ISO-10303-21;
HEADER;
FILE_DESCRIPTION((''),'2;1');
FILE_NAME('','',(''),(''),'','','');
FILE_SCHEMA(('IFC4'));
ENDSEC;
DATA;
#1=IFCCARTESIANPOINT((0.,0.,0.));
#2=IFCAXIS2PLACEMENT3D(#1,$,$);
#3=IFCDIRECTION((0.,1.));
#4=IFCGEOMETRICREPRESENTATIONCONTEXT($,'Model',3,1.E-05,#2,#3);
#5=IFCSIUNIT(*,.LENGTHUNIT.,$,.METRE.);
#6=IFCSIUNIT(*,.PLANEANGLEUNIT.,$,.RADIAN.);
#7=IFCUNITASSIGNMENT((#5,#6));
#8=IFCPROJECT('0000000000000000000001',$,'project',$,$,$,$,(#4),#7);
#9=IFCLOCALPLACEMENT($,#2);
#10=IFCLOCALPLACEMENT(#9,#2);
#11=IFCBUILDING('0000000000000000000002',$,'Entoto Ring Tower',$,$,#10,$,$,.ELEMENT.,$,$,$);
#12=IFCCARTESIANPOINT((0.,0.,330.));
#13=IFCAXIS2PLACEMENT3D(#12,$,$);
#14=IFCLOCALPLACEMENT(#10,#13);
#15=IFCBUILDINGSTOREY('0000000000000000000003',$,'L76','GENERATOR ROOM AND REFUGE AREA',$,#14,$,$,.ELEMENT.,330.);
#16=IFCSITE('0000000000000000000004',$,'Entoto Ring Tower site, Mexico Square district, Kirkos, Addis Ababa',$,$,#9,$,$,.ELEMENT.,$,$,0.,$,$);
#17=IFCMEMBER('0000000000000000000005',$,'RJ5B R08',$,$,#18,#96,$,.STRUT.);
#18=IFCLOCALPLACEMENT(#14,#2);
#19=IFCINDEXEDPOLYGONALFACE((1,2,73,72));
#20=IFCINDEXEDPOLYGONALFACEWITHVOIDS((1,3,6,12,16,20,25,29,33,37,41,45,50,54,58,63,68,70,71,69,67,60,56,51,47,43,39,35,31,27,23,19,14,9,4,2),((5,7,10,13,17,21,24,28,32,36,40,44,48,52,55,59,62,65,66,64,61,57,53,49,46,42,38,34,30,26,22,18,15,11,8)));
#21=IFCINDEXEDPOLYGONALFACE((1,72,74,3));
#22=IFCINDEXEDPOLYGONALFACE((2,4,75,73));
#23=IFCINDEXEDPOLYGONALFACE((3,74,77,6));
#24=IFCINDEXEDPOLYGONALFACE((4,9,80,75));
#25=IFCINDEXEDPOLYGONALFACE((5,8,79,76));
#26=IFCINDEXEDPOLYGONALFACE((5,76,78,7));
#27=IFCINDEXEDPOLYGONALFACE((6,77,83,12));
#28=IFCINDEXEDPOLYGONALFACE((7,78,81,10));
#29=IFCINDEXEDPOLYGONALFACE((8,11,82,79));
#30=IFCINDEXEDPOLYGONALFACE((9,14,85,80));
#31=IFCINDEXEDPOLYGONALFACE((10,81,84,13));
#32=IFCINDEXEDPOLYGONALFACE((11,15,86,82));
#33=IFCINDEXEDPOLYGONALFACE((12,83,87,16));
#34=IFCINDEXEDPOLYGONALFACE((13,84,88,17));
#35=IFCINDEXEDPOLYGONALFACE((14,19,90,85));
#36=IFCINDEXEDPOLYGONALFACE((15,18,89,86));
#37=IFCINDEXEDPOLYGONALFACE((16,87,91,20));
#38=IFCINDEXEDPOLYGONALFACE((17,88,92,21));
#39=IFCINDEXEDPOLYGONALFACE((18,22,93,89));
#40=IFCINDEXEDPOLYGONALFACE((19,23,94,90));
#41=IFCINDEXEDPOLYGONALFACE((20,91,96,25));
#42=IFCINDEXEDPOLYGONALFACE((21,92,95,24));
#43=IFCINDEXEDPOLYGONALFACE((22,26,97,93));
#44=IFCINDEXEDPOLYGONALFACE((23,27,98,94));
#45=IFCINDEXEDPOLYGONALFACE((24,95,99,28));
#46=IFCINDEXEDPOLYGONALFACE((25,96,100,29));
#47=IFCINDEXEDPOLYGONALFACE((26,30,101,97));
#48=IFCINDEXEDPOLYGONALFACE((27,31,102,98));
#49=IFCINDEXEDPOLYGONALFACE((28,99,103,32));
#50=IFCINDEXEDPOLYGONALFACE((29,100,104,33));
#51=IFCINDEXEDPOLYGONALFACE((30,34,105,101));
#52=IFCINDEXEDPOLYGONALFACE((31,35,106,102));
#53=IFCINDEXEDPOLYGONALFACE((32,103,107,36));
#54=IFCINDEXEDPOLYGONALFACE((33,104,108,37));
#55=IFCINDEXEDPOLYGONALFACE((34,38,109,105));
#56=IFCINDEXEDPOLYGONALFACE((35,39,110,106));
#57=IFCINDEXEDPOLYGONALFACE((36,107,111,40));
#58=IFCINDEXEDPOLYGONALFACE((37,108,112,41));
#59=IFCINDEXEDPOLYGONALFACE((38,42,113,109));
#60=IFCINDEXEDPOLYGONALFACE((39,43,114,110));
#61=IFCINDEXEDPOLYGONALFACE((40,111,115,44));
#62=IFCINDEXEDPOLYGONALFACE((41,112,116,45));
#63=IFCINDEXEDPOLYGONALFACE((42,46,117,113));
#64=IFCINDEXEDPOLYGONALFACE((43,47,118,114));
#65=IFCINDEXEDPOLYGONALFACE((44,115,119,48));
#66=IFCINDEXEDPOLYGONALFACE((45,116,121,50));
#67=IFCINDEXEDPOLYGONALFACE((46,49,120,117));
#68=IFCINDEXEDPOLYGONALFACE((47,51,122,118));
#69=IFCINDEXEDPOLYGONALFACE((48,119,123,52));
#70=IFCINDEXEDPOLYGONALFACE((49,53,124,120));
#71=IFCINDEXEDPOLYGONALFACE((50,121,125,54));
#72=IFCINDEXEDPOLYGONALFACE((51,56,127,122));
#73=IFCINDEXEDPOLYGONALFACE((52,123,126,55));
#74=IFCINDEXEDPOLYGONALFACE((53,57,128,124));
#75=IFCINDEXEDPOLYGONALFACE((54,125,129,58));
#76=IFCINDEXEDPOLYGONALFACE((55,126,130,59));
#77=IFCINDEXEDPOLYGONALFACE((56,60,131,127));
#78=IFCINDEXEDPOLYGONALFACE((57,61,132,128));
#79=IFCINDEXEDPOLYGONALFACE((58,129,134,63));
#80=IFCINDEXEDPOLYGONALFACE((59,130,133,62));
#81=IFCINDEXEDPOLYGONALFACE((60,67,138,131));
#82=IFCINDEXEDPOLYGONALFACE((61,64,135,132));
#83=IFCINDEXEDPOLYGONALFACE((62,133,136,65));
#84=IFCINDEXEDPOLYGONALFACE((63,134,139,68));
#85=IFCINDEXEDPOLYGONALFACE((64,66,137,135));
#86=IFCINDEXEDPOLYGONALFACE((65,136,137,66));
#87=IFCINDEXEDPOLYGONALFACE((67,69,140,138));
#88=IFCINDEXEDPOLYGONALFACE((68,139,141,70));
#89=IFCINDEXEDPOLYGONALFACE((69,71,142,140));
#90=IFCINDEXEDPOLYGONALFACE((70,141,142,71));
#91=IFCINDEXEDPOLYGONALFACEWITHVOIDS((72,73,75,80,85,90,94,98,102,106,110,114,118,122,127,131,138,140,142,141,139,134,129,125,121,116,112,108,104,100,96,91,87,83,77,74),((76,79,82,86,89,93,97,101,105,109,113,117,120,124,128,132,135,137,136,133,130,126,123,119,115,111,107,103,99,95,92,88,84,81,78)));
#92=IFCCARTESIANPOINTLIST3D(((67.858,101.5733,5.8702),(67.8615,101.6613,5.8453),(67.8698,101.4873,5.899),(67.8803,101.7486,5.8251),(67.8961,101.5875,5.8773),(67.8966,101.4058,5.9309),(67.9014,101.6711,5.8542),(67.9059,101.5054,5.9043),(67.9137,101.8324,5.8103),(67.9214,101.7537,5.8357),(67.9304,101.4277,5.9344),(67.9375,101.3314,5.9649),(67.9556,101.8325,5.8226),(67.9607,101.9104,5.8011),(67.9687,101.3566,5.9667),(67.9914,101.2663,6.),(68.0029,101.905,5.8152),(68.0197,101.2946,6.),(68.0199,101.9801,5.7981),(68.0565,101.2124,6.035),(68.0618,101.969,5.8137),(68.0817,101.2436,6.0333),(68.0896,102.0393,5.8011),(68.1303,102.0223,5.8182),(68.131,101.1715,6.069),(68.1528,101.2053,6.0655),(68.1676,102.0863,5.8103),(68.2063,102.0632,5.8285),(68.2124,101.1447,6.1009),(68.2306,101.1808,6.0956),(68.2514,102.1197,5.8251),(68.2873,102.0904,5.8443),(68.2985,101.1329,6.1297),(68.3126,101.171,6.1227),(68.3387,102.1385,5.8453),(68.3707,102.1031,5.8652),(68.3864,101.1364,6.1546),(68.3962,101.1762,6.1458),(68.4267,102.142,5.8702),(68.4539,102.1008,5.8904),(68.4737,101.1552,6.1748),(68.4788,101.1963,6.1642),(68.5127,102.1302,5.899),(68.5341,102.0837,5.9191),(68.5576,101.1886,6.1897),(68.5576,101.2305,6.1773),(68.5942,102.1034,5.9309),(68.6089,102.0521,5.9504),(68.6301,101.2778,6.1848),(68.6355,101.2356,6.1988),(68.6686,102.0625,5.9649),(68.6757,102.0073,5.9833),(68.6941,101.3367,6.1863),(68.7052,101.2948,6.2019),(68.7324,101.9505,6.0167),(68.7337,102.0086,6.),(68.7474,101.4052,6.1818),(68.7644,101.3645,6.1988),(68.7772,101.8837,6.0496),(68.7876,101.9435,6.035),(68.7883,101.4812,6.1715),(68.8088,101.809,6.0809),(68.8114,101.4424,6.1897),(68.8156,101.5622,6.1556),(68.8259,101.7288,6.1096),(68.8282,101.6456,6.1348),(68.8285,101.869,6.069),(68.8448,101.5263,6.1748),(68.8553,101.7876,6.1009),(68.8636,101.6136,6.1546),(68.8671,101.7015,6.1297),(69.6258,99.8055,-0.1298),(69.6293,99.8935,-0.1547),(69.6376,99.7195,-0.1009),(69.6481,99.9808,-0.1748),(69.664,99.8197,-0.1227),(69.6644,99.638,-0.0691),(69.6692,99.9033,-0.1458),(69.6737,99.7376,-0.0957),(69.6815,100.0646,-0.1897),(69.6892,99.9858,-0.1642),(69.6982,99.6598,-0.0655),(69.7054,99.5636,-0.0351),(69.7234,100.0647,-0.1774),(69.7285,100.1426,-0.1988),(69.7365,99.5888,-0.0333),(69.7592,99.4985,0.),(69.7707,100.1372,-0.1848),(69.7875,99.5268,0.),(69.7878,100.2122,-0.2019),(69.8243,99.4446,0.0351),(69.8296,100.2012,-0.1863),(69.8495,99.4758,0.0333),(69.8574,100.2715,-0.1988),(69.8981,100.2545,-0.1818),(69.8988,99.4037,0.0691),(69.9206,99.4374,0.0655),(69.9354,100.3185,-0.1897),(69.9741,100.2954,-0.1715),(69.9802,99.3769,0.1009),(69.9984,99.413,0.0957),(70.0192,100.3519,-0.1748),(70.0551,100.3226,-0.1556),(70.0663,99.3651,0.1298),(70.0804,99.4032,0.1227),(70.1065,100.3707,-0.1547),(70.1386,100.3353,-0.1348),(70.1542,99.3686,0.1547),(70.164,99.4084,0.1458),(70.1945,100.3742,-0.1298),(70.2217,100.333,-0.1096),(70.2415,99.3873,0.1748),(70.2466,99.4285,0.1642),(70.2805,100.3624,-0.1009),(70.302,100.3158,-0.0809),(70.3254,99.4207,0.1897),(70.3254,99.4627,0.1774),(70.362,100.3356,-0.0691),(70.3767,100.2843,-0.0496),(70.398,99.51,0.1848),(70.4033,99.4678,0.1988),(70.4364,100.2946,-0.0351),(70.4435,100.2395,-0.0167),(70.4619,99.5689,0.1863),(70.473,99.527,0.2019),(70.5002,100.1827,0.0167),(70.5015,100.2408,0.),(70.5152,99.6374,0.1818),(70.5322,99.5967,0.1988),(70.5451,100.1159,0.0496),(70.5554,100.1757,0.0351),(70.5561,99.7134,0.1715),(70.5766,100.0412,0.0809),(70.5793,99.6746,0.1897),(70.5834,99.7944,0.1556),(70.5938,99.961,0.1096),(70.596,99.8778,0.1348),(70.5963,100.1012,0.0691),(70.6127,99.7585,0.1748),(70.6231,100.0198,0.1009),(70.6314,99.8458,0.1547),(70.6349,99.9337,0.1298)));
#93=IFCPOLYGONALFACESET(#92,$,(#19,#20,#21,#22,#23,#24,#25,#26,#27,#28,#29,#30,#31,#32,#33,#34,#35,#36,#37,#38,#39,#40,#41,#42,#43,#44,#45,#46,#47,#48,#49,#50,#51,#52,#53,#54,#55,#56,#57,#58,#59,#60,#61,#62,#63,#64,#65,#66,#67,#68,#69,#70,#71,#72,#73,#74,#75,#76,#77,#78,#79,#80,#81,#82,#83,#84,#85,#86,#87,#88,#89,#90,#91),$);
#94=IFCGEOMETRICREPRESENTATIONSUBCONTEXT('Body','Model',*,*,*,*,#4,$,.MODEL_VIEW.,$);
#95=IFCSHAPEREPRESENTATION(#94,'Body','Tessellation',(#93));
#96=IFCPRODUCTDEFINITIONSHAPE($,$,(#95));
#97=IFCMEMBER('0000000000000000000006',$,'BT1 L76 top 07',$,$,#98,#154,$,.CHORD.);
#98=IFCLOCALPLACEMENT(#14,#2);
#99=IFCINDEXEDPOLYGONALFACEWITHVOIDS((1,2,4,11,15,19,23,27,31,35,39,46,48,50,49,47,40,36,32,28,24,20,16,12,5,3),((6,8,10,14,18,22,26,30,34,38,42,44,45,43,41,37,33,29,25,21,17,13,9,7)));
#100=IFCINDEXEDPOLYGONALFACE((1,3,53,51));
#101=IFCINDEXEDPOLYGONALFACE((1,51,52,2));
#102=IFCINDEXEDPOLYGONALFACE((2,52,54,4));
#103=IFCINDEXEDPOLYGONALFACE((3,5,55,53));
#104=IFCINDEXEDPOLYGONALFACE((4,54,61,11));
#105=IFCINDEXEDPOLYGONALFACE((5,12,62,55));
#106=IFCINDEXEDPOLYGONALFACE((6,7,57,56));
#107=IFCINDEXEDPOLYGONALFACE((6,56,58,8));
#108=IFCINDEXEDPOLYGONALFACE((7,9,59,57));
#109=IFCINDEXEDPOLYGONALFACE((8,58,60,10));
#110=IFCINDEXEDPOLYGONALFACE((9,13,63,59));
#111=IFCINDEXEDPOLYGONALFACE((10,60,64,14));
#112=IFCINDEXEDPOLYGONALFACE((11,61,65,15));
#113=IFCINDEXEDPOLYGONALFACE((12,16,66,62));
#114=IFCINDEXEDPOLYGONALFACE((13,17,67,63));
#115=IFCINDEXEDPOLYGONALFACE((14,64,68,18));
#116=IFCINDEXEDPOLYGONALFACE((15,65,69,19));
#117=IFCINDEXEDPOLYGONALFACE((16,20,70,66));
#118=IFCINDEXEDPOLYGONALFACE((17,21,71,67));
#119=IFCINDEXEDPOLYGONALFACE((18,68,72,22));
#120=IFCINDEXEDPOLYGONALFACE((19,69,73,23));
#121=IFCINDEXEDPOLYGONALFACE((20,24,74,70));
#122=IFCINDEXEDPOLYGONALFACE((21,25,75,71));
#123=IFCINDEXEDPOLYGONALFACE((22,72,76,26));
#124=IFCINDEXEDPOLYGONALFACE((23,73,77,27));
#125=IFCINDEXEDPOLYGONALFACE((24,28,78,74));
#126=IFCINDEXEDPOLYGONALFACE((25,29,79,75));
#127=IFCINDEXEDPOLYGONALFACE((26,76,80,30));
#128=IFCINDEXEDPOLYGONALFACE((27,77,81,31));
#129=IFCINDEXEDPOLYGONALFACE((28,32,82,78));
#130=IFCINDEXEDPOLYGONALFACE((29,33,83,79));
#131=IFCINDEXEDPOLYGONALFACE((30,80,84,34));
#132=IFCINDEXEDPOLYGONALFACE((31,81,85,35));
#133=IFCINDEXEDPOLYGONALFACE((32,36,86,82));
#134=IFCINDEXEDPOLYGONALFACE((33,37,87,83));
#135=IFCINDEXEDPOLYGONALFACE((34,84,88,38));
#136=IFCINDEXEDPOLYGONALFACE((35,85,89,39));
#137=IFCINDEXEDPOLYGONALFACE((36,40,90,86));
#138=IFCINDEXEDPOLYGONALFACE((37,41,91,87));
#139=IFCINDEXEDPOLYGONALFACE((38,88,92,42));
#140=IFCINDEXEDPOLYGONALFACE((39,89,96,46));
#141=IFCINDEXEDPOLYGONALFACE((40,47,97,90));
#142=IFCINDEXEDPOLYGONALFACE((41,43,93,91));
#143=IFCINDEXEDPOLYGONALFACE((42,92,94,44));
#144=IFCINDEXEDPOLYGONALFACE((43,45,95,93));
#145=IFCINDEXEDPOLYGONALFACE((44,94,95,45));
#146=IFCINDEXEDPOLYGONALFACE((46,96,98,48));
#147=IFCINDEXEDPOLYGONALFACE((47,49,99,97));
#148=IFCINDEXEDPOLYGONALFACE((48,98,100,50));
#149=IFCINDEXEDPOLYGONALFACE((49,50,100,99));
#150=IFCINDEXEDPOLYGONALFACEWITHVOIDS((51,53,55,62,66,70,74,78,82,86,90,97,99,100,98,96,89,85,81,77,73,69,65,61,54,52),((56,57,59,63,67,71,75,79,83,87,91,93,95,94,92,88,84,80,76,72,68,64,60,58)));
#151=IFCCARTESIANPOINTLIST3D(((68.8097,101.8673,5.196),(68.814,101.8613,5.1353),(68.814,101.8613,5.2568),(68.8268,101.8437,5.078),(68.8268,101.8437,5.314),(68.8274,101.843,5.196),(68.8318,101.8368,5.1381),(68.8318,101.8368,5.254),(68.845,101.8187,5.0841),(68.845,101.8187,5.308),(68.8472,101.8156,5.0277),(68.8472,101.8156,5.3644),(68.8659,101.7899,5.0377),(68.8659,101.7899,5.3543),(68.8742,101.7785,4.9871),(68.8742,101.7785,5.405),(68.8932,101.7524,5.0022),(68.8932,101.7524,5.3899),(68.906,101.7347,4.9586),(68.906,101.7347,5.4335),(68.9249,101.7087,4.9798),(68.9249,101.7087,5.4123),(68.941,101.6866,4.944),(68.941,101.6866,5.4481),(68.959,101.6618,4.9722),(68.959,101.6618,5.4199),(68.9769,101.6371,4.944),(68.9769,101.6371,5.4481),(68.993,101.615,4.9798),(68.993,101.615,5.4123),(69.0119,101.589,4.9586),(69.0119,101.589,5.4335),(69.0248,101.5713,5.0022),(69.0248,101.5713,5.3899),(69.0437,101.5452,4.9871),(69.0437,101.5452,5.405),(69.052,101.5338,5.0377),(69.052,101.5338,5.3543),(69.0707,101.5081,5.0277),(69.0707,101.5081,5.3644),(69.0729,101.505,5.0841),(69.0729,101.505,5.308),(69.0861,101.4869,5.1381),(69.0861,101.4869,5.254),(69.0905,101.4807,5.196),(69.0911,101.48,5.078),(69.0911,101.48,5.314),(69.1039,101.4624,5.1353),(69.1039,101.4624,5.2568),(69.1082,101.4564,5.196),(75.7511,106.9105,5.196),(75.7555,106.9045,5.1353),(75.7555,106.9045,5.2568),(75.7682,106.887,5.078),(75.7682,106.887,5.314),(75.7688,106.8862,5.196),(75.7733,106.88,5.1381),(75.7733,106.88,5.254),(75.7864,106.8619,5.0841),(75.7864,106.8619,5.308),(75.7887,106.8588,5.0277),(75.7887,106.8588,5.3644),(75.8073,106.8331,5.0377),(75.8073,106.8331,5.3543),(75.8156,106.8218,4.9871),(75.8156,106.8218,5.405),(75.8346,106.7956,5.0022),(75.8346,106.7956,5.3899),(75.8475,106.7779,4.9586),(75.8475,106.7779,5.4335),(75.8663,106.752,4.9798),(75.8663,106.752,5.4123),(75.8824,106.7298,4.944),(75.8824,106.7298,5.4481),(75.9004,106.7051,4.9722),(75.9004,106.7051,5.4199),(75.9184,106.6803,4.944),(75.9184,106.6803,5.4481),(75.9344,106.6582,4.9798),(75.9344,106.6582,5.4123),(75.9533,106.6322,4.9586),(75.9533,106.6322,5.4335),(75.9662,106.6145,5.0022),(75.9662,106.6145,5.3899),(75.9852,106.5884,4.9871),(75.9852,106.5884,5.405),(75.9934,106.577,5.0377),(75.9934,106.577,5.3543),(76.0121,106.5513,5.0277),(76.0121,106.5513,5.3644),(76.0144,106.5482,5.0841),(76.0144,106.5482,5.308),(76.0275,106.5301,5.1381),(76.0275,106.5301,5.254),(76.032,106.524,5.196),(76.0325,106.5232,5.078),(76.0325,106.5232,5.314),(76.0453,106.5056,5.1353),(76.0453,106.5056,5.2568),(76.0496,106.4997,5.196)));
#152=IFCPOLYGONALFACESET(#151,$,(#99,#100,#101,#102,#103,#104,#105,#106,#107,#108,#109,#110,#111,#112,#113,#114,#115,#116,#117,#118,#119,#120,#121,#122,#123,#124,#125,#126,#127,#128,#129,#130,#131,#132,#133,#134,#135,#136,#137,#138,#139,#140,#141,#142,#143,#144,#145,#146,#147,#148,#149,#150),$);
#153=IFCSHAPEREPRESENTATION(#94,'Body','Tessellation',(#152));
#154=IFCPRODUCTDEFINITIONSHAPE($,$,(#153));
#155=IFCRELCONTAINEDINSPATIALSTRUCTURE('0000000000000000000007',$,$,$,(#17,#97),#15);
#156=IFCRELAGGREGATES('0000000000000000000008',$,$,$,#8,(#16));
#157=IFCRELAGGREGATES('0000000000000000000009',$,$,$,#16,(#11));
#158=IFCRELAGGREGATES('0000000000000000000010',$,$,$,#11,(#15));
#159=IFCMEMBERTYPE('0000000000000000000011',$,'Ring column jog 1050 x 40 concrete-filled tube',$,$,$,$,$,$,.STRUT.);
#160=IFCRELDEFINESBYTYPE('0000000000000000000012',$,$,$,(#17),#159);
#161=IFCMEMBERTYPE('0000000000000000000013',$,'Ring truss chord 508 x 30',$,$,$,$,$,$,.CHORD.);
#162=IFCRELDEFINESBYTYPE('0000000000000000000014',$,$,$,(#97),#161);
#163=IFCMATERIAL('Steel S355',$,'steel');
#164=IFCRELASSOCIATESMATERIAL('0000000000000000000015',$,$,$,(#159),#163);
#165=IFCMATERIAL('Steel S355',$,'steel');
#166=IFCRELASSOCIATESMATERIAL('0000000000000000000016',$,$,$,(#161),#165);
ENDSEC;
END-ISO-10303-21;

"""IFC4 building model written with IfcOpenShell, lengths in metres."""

from ifc_helpers import new_model, si_unit, direction, frame, origin, origin_2d, place, context, subcontext, project, spatial, circle, hollow_circle, extrude, material, material_profile, profile_set, type_object, element, save


model = new_model("IFC4")

# Units and contexts
model_context = context("Model", 3, precision=1e-05, world=origin(), true_north=direction((0.0, 1.0)))
body_context = subcontext(model_context, "Body", "Model", "MODEL_VIEW")
ifc_project = project(units=[si_unit("LENGTHUNIT", "METRE"), si_unit("PLANEANGLEUNIT", "RADIAN")], contexts=[model_context])

# Site, building, storey
site_placement = place(None, origin())
site = spatial("IfcSite", under=ifc_project, at=site_placement, Name="Entoto Ring Tower site, Mexico Square district, Kirkos, Addis Ababa", CompositionType="ELEMENT", RefElevation=0.0)
building_placement = place(site_placement, origin())
building = spatial("IfcBuilding", under=site, at=building_placement, Name="Entoto Ring Tower", CompositionType="ELEMENT")
storey_placement = place(building_placement, frame((0.0, 0.0, 330.0)))
storey = spatial("IfcBuildingStorey", under=building, at=storey_placement, Name="L76", Description="GENERATOR ROOM AND REFUGE AREA", CompositionType="ELEMENT", Elevation=330.0)

# Members
ifc_material_1 = material(Name="Steel S355", Category="steel")
ifc_material_profile_1 = material_profile(ifc_material_1, hollow_circle(Radius=0.5249, WallThickness=0.04, at=origin_2d()), Name="CHS 1050 x 40")
ifc_material_2 = material(Name="Concrete C60/75", Category="concrete")
ifc_material_profile_2 = material_profile(ifc_material_2, circle(Radius=0.4851, at=origin_2d()), Name="Concrete C60/75 infill")
ifc_profile_set_1 = profile_set([ifc_material_profile_1, ifc_material_profile_2], Name="Steel S355")
member_type_1 = type_object("IfcMemberType", Name="Ring column jog 1050 x 40 concrete-filled tube", PredefinedType="STRUT", material=ifc_profile_set_1)
member_1_placement = place(storey_placement, frame((70.1304, 99.8696, 0.0), z_axis=(-0.271971, 0.271971, 0.923073), x_axis=(-0.707107, -0.707107, 0.0)))
element("IfcMember", 1, at=member_1_placement, inside=storey, type_object=member_type_1, Name="RJ5B R08", PredefinedType="STRUT", context=body_context, shape_type="SweptSolid", body=[
    extrude(hollow_circle(Radius=0.5249, WallThickness=0.04, at=origin_2d()), origin(), (0.0, 0.0, 1.0), 6.5),
])
ifc_material_3 = material(Name="Steel S355", Category="steel")
ifc_material_profile_3 = material_profile(ifc_material_3, hollow_circle(Radius=0.2539, WallThickness=0.03, at=origin_2d()), Name="CHS 508 x 30")
ifc_material_4 = material(Name="Concrete C60/75", Category="concrete")
ifc_material_profile_4 = material_profile(ifc_material_4, circle(Radius=0.2241, at=origin_2d()), Name="Concrete C60/75 infill")
ifc_profile_set_2 = profile_set([ifc_material_profile_3, ifc_material_profile_4], Name="Steel S355")
member_type_2 = type_object("IfcMemberType", Name="Ring truss chord 508 x 30", PredefinedType="CHORD", material=ifc_profile_set_2)
member_2_placement = place(storey_placement, frame((75.9004, 106.7051, 5.196), z_axis=(-0.809018, -0.587784, 0.0), x_axis=(0.587784, -0.809018, 0.0)))
element("IfcMember", 2, at=member_2_placement, inside=storey, type_object=member_type_2, Name="BT1 L76 top 07", PredefinedType="CHORD", context=body_context, shape_type="SweptSolid", body=[
    extrude(hollow_circle(Radius=0.2539, WallThickness=0.03, at=origin_2d()), origin(), (0.0, 0.0, 1.0), 8.5801),
])

save(model, "model.ifc")
